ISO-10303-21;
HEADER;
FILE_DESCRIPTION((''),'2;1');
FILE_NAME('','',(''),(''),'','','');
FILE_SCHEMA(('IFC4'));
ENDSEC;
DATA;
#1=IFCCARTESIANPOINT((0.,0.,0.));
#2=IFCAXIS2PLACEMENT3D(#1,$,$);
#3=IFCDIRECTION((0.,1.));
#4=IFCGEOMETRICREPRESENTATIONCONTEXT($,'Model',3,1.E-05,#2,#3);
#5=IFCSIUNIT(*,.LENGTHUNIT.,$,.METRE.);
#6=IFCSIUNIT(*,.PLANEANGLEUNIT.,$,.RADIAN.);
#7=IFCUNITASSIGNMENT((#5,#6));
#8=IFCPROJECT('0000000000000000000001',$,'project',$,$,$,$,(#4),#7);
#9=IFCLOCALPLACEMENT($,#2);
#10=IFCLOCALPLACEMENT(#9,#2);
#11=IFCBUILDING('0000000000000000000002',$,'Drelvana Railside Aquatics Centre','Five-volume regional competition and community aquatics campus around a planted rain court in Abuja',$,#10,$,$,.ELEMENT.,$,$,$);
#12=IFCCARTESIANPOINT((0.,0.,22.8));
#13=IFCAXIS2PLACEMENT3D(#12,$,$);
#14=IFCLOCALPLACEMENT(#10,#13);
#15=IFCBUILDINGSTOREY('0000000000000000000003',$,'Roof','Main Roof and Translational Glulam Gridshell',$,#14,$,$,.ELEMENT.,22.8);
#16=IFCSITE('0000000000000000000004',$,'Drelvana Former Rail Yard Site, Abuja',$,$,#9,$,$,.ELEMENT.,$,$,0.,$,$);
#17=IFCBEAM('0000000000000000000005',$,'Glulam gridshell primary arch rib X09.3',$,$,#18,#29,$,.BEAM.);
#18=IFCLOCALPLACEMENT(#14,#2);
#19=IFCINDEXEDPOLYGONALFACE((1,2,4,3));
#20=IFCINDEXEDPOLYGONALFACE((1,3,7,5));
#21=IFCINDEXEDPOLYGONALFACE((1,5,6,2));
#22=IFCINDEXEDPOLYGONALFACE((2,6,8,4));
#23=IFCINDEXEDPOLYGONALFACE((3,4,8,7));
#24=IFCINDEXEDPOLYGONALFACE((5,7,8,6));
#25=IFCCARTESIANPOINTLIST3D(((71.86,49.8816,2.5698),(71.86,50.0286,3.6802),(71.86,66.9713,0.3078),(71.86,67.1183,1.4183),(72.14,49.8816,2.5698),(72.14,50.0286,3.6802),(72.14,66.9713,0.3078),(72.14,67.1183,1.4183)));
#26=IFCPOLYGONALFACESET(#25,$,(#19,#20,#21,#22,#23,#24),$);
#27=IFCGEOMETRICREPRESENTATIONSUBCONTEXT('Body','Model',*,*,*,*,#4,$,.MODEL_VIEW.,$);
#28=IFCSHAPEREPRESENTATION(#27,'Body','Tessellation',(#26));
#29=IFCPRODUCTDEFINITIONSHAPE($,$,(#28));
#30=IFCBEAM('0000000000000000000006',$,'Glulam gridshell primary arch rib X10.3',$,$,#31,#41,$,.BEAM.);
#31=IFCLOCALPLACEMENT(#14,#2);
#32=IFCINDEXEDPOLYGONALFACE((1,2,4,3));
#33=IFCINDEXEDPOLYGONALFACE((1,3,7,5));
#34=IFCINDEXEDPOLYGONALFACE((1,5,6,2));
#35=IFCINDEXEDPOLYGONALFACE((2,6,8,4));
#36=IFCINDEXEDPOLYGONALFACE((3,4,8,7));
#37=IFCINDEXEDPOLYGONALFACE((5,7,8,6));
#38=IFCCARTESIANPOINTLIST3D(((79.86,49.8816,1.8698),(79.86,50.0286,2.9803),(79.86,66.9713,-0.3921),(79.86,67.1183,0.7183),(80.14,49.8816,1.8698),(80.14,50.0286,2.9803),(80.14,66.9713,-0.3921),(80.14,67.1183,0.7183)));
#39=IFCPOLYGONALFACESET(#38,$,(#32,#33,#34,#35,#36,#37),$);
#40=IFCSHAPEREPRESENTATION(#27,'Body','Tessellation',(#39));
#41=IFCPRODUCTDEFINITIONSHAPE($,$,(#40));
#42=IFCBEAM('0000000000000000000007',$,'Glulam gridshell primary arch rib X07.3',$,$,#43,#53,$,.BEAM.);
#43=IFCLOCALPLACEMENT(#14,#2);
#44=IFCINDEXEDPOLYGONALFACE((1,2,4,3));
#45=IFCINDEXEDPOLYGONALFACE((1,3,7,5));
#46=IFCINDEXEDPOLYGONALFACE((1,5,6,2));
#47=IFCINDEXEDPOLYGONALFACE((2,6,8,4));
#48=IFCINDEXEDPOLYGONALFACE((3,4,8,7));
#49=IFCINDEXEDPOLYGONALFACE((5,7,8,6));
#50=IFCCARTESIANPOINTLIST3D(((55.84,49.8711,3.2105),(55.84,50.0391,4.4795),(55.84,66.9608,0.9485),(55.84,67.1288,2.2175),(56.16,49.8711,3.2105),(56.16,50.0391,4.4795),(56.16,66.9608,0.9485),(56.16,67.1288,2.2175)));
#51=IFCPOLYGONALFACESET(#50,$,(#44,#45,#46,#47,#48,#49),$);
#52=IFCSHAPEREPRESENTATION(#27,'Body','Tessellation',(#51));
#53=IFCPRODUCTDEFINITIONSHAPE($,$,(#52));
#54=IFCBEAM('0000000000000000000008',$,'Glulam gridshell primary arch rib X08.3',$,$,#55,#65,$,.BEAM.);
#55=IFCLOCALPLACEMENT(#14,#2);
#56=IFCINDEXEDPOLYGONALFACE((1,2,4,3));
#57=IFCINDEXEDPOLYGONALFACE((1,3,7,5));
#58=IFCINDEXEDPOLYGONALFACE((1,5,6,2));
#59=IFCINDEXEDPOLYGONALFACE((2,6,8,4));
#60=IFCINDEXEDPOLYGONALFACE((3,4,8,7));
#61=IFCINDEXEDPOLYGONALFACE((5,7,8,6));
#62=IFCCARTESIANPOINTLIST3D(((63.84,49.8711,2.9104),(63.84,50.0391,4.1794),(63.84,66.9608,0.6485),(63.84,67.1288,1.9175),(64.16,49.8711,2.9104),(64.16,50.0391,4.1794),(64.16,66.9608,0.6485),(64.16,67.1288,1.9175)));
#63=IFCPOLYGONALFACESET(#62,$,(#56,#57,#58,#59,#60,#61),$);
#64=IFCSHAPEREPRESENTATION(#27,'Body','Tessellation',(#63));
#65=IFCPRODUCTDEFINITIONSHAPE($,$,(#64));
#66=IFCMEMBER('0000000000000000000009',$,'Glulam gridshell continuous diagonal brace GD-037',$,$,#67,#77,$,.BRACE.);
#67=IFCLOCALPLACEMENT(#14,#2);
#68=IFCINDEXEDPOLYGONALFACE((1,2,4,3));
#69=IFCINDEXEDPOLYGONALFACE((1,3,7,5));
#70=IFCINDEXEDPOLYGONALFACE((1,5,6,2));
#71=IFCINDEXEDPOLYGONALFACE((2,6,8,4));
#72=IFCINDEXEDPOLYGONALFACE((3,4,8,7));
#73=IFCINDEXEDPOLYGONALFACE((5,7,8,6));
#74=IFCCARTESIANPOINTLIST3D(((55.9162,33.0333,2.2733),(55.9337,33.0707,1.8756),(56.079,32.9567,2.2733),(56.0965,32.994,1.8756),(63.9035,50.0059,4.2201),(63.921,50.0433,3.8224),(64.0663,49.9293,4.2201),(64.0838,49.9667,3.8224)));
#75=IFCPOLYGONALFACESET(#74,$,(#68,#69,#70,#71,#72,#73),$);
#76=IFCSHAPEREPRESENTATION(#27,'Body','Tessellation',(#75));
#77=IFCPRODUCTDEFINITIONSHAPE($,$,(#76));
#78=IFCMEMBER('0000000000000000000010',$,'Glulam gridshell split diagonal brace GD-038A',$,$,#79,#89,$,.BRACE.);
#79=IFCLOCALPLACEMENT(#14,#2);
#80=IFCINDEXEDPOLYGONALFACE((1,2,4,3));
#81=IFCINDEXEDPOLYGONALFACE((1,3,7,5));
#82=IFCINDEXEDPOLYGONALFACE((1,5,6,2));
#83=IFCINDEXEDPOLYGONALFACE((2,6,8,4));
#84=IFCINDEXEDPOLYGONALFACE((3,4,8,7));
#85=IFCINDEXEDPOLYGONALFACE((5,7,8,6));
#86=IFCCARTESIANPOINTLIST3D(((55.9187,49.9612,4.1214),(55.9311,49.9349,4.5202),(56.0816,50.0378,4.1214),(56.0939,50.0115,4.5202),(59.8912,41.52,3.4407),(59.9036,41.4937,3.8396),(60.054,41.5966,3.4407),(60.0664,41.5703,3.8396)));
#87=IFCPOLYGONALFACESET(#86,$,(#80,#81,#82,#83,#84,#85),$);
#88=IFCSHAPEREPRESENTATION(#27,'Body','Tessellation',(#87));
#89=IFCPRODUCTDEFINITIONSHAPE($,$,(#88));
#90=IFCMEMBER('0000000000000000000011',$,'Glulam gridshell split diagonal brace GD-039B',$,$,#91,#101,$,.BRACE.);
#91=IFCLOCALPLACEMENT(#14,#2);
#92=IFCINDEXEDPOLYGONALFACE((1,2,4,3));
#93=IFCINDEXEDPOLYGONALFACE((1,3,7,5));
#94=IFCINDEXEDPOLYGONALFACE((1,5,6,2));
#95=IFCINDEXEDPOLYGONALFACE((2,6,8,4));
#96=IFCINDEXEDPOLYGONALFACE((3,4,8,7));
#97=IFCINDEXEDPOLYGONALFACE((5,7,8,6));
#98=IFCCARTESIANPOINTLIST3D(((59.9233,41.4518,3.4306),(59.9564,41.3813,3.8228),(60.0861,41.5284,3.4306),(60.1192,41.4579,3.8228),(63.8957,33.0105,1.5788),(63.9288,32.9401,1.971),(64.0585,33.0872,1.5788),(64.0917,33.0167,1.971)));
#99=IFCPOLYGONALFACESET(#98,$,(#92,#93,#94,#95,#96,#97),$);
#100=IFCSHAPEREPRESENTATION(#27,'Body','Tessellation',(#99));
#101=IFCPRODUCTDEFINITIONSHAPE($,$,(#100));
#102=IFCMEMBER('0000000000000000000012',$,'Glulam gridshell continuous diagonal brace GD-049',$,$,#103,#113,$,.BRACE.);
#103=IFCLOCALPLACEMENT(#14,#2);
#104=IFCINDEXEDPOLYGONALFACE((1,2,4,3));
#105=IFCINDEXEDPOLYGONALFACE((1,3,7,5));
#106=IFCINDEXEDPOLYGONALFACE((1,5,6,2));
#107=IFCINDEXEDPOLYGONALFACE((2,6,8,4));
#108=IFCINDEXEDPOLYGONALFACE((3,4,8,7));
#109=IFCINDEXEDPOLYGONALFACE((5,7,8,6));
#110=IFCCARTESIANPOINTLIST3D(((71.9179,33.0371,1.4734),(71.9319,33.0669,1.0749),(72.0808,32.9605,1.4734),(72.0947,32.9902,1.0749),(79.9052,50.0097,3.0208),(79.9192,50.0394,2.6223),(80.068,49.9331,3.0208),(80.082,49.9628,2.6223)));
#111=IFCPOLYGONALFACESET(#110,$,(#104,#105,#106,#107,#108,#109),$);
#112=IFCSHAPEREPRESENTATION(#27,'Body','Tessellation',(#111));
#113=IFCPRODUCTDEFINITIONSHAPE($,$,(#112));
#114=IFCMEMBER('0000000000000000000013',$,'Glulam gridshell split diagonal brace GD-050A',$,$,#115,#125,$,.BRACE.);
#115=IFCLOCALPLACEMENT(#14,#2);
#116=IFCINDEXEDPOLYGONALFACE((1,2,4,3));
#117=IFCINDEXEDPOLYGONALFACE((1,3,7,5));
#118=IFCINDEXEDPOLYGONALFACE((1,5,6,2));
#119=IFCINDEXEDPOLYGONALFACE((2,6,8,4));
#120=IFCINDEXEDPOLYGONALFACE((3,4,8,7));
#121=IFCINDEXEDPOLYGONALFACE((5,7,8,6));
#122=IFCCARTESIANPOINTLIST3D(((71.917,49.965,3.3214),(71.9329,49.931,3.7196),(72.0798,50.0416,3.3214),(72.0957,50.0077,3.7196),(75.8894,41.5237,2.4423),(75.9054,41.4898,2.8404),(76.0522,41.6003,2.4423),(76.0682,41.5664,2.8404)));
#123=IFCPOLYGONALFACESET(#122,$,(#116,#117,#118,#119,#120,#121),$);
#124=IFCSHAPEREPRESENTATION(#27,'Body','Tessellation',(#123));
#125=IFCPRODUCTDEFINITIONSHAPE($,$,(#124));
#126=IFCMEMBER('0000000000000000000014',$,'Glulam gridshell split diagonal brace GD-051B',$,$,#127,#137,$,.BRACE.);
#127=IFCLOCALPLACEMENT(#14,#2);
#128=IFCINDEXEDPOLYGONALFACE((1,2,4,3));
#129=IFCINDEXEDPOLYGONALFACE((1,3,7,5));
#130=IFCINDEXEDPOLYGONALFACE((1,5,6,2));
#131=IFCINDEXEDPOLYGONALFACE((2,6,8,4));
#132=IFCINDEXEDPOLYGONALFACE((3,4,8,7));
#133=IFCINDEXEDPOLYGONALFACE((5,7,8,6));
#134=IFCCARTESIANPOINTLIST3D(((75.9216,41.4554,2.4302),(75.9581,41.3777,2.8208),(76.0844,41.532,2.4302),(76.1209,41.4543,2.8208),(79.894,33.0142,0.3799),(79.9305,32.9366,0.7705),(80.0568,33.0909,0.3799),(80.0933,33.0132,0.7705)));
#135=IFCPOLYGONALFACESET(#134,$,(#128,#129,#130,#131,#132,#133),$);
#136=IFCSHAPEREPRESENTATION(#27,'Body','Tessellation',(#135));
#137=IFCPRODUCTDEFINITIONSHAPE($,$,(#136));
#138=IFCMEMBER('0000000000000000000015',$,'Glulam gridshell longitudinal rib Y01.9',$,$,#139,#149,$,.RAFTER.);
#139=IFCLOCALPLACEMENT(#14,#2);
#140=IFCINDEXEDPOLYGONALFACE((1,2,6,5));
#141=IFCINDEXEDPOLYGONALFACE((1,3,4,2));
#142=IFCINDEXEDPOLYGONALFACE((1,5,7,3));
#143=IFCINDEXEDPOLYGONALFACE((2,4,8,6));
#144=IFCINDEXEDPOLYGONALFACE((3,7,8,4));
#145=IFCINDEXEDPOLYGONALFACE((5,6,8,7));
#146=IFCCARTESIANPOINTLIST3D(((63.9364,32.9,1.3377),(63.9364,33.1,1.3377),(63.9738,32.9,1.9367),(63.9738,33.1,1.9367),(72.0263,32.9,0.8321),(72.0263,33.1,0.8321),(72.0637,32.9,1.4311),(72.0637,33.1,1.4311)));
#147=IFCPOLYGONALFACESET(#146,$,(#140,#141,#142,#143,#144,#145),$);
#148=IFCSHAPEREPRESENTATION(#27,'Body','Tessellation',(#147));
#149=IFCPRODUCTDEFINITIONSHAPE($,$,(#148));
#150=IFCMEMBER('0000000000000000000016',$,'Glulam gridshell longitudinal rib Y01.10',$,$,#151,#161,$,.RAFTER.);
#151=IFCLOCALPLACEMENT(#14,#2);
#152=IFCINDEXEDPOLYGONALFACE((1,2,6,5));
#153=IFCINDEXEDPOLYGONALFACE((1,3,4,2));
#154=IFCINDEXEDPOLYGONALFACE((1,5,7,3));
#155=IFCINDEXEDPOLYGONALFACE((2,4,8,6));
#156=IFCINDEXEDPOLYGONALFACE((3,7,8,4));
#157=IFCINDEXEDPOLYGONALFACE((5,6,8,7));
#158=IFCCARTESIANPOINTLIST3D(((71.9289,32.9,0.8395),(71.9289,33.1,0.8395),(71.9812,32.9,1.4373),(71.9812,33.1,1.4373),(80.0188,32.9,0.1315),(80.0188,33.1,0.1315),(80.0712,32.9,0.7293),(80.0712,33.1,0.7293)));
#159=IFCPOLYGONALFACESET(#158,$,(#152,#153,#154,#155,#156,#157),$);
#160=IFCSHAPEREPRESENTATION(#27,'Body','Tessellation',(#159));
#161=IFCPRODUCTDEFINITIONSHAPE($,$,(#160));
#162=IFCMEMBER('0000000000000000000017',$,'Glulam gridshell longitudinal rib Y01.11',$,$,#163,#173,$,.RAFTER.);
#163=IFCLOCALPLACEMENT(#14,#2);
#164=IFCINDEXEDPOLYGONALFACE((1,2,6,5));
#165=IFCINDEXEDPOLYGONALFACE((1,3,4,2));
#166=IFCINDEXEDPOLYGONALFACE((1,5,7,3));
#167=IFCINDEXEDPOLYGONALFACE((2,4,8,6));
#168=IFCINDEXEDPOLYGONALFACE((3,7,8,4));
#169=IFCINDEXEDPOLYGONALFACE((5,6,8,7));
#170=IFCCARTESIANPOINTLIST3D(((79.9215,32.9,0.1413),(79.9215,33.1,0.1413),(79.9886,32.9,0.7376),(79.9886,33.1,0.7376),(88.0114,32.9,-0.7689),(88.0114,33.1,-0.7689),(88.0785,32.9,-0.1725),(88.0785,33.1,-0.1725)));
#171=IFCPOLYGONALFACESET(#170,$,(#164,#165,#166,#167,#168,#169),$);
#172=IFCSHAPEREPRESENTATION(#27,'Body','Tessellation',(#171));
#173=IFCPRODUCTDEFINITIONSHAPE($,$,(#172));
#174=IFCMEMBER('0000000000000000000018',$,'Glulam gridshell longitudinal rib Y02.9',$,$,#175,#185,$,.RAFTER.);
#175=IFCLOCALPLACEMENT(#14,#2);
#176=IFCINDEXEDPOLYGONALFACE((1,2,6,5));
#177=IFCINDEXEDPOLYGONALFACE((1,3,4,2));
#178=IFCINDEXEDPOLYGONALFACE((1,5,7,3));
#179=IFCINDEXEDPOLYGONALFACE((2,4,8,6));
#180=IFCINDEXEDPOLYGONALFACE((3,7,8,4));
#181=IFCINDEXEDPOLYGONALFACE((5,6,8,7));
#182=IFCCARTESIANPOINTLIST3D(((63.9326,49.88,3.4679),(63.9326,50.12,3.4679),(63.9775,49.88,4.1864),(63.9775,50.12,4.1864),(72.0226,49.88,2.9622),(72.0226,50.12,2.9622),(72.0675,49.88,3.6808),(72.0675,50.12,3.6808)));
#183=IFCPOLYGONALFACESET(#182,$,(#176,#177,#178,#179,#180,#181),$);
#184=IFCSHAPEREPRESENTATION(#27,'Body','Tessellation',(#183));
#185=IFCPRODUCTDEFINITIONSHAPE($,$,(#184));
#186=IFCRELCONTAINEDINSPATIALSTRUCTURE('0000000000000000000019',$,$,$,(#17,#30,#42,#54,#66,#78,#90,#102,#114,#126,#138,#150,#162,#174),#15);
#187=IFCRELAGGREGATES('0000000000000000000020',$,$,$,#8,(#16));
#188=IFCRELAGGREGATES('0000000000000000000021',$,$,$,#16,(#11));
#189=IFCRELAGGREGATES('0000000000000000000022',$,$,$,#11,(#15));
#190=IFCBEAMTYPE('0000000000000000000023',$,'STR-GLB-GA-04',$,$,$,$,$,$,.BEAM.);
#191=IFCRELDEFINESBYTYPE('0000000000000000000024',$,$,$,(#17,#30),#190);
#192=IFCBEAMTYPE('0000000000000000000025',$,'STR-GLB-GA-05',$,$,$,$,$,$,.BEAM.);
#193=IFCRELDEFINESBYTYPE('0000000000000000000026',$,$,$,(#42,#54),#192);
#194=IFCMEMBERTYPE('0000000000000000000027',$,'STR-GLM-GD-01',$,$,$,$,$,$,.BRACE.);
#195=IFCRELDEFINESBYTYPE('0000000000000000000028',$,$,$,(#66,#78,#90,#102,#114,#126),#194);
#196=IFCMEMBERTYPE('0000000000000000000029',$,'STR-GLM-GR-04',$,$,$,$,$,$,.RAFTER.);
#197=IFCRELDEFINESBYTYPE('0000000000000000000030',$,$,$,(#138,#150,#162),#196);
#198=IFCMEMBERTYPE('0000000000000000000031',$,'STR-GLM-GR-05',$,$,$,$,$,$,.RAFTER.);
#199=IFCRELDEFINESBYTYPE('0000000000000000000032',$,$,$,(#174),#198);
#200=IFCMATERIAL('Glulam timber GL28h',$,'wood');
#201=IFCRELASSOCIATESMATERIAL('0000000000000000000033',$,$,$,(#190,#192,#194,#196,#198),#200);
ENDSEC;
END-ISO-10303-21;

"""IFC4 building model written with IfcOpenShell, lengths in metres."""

from ifc_helpers import new_model, si_unit, direction, frame, origin, origin_2d, place, context, subcontext, project, spatial, rectangle, extrude, material, material_profile, profile_set, type_object, element, save


model = new_model("IFC4")

# Units and contexts
model_context = context("Model", 3, precision=1e-05, world=origin(), true_north=direction((0.0, 1.0)))
body_context = subcontext(model_context, "Body", "Model", "MODEL_VIEW")
ifc_project = project(units=[si_unit("LENGTHUNIT", "METRE"), si_unit("PLANEANGLEUNIT", "RADIAN")], contexts=[model_context])

# Site, building, storey
site_placement = place(None, origin())
site = spatial("IfcSite", under=ifc_project, at=site_placement, Name="Drelvana Former Rail Yard Site, Abuja", CompositionType="ELEMENT", RefElevation=0.0)
building_placement = place(site_placement, origin())
building = spatial("IfcBuilding", under=site, at=building_placement, Name="Drelvana Railside Aquatics Centre", Description="Five-volume regional competition and community aquatics campus around a planted rain court in Abuja", CompositionType="ELEMENT")
storey_placement = place(building_placement, frame((0.0, 0.0, 22.8)))
storey = spatial("IfcBuildingStorey", under=building, at=storey_placement, Name="Roof", Description="Main Roof and Translational Glulam Gridshell", CompositionType="ELEMENT", Elevation=22.8)

# Beams
ifc_material_1 = material(Name="Glulam timber GL28h", Category="wood")
ifc_material_profile_1 = material_profile(ifc_material_1, rectangle(XDim=0.28, YDim=1.1201, at=origin_2d()), Name="GL28h 280x1120")
ifc_profile_set_1 = profile_set([ifc_material_profile_1], Name="Glulam timber GL28h")
beam_type_1 = type_object("IfcBeamType", Name="STR-GLB-GA-04", PredefinedType="BEAM", material=ifc_profile_set_1)
for number, where, z_axis, x_axis, name in (
    (1, (72.0, 49.9551, 3.125), (0.0, 0.991354, -0.131213), (-1.0, 0.0, 0.0), "Glulam gridshell primary arch rib X09.3"),
    (2, (80.0, 49.9551, 2.425), (0.0, 0.991354, -0.131213), (-1.0, 0.0, 0.0), "Glulam gridshell primary arch rib X10.3"),
):
    element("IfcBeam", number, at=place(storey_placement, frame(where, z_axis=z_axis, x_axis=x_axis)), inside=storey, type_object=beam_type_1, Name=name, PredefinedType="BEAM", context=body_context, shape_type="SweptSolid", body=[
        extrude(rectangle(XDim=0.28, YDim=1.1201, at=origin_2d()), origin(), (0.0, 0.0, 1.0), 17.2388),
    ])
ifc_material_profile_2 = material_profile(ifc_material_1, rectangle(XDim=0.3201, YDim=1.28, at=origin_2d()), Name="GL28h 320x1280")
ifc_profile_set_2 = profile_set([ifc_material_profile_2], Name="Glulam timber GL28h")
beam_type_2 = type_object("IfcBeamType", Name="STR-GLB-GA-05", PredefinedType="BEAM", material=ifc_profile_set_2)
for number, where, z_axis, x_axis, name in (
    (3, (56.0, 49.9551, 3.845), (0.0, 0.991354, -0.131213), (-1.0, 0.0, 0.0), "Glulam gridshell primary arch rib X07.3"),
    (4, (64.0, 49.9551, 3.5449), (0.0, 0.991354, -0.131213), (-1.0, 0.0, 0.0), "Glulam gridshell primary arch rib X08.3"),
):
    element("IfcBeam", number, at=place(storey_placement, frame(where, z_axis=z_axis, x_axis=x_axis)), inside=storey, type_object=beam_type_2, Name=name, PredefinedType="BEAM", context=body_context, shape_type="SweptSolid", body=[
        extrude(rectangle(XDim=0.3201, YDim=1.28, at=origin_2d()), origin(), (0.0, 0.0, 1.0), 17.2388),
    ])

# Members
ifc_material_profile_3 = material_profile(ifc_material_1, rectangle(XDim=0.1799, YDim=0.3999, at=origin_2d()), Name="GL28h 180x400")
ifc_profile_set_3 = profile_set([ifc_material_profile_3], Name="Glulam timber GL28h")
member_type_1 = type_object("IfcMemberType", Name="STR-GLM-GD-01", PredefinedType="BRACE", material=ifc_profile_set_3)
member_1_placement = place(storey_placement, frame((56.0063, 33.0137, 2.0745), z_axis=(0.42353, 0.899981, 0.103229), x_axis=(-0.904815, 0.425805, 0.0)))
element("IfcMember", 5, at=member_1_placement, inside=storey, type_object=member_type_1, Name="Glulam gridshell continuous diagonal brace GD-037", PredefinedType="BRACE", context=body_context, shape_type="SweptSolid", body=[
    extrude(rectangle(XDim=0.1799, YDim=0.3999, at=origin_2d()), origin(), (0.0, 0.0, 1.0), 18.8589),
])
member_2_placement = place(storey_placement, frame((56.0063, 49.9863, 4.3208), z_axis=(0.424677, -0.902416, -0.072767), x_axis=(0.904815, 0.425806, 0.0)))
element("IfcMember", 6, at=member_2_placement, inside=storey, type_object=member_type_1, Name="Glulam gridshell split diagonal brace GD-038A", PredefinedType="BRACE", context=body_context, shape_type="SweptSolid", body=[
    extrude(rectangle(XDim=0.1799, YDim=0.3999, at=origin_2d()), origin(), (0.0, 0.0, 1.0), 9.354),
])
member_3_placement = place(storey_placement, frame((60.0212, 41.4548, 3.6267), z_axis=(0.417657, -0.887499, -0.194698), x_axis=(0.904815, 0.425806, 0.0)))
element("IfcMember", 7, at=member_3_placement, inside=storey, type_object=member_type_1, Name="Glulam gridshell split diagonal brace GD-039B", PredefinedType="BRACE", context=body_context, shape_type="SweptSolid", body=[
    extrude(rectangle(XDim=0.1799, YDim=0.3999, at=origin_2d()), origin(), (0.0, 0.0, 1.0), 9.5112),
])
member_4_placement = place(storey_placement, frame((72.0063, 33.0137, 1.2742), z_axis=(0.424363, 0.901752, 0.082211), x_axis=(-0.904815, 0.425805, 0.0)))
element("IfcMember", 8, at=member_4_placement, inside=storey, type_object=member_type_1, Name="Glulam gridshell continuous diagonal brace GD-049", PredefinedType="BRACE", context=body_context, shape_type="SweptSolid", body=[
    extrude(rectangle(XDim=0.1799, YDim=0.3999, at=origin_2d()), origin(), (0.0, 0.0, 1.0), 18.8218),
])
member_5_placement = place(storey_placement, frame((72.0063, 49.9863, 3.5205), z_axis=(0.423928, -0.900823, -0.093821), x_axis=(0.904815, 0.425806, 0.0)))
element("IfcMember", 9, at=member_5_placement, inside=storey, type_object=member_type_1, Name="Glulam gridshell split diagonal brace GD-050A", PredefinedType="BRACE", context=body_context, shape_type="SweptSolid", body=[
    extrude(rectangle(XDim=0.1799, YDim=0.3999, at=origin_2d()), origin(), (0.0, 0.0, 1.0), 9.3706),
])
member_6_placement = place(storey_placement, frame((76.0212, 41.4548, 2.6255), z_axis=(0.415881, -0.883724, -0.21465), x_axis=(0.904815, 0.425806, 0.0)))
element("IfcMember", 10, at=member_6_placement, inside=storey, type_object=member_type_1, Name="Glulam gridshell split diagonal brace GD-051B", PredefinedType="BRACE", context=body_context, shape_type="SweptSolid", body=[
    extrude(rectangle(XDim=0.1799, YDim=0.3999, at=origin_2d()), origin(), (0.0, 0.0, 1.0), 9.5518),
])
ifc_material_profile_4 = material_profile(ifc_material_1, rectangle(XDim=0.2, YDim=0.6001, at=origin_2d()), Name="GL28h 200x600")
ifc_profile_set_4 = profile_set([ifc_material_profile_4], Name="Glulam timber GL28h")
member_type_2 = type_object("IfcMemberType", Name="STR-GLM-GR-04", PredefinedType="RAFTER", material=ifc_profile_set_4)
member_7_placement = place(storey_placement, frame((63.9551, 33.0, 1.6372), z_axis=(0.998053, 0.0, -0.062378), x_axis=(0.0, 1.0, 0.0)))
element("IfcMember", 11, at=member_7_placement, inside=storey, type_object=member_type_2, Name="Glulam gridshell longitudinal rib Y01.9", PredefinedType="RAFTER", context=body_context, shape_type="SweptSolid", body=[
    extrude(rectangle(XDim=0.2, YDim=0.6001, at=origin_2d()), origin(), (0.0, 0.0, 1.0), 8.1057),
])
member_8_placement = place(storey_placement, frame((71.9551, 33.0, 1.1384), z_axis=(0.996192, 0.0, -0.087185), x_axis=(0.0, 1.0, 0.0)))
element("IfcMember", 12, at=member_8_placement, inside=storey, type_object=member_type_2, Name="Glulam gridshell longitudinal rib Y01.10", PredefinedType="RAFTER", context=body_context, shape_type="SweptSolid", body=[
    extrude(rectangle(XDim=0.2, YDim=0.6001, at=origin_2d()), origin(), (0.0, 0.0, 1.0), 8.1208),
])
member_9_placement = place(storey_placement, frame((79.9551, 33.0, 0.4395), z_axis=(0.993731, 0.0, -0.111801), x_axis=(0.0, 1.0, 0.0)))
element("IfcMember", 13, at=member_9_placement, inside=storey, type_object=member_type_2, Name="Glulam gridshell longitudinal rib Y01.11", PredefinedType="RAFTER", context=body_context, shape_type="SweptSolid", body=[
    extrude(rectangle(XDim=0.2, YDim=0.6001, at=origin_2d()), origin(), (0.0, 0.0, 1.0), 8.1409),
])
ifc_material_profile_5 = material_profile(ifc_material_1, rectangle(XDim=0.24, YDim=0.72, at=origin_2d()), Name="GL28h 240x720")
ifc_profile_set_5 = profile_set([ifc_material_profile_5], Name="Glulam timber GL28h")
member_type_3 = type_object("IfcMemberType", Name="STR-GLM-GR-05", PredefinedType="RAFTER", material=ifc_profile_set_5)
member_10_placement = place(storey_placement, frame((63.9551, 50.0, 3.8271), z_axis=(0.998053, 0.0, -0.062378), x_axis=(0.0, 1.0, 0.0)))
element("IfcMember", 14, at=member_10_placement, inside=storey, type_object=member_type_3, Name="Glulam gridshell longitudinal rib Y02.9", PredefinedType="RAFTER", context=body_context, shape_type="SweptSolid", body=[
    extrude(rectangle(XDim=0.24, YDim=0.72, at=origin_2d()), origin(), (0.0, 0.0, 1.0), 8.1057),
])

save(model, "model.ifc")
